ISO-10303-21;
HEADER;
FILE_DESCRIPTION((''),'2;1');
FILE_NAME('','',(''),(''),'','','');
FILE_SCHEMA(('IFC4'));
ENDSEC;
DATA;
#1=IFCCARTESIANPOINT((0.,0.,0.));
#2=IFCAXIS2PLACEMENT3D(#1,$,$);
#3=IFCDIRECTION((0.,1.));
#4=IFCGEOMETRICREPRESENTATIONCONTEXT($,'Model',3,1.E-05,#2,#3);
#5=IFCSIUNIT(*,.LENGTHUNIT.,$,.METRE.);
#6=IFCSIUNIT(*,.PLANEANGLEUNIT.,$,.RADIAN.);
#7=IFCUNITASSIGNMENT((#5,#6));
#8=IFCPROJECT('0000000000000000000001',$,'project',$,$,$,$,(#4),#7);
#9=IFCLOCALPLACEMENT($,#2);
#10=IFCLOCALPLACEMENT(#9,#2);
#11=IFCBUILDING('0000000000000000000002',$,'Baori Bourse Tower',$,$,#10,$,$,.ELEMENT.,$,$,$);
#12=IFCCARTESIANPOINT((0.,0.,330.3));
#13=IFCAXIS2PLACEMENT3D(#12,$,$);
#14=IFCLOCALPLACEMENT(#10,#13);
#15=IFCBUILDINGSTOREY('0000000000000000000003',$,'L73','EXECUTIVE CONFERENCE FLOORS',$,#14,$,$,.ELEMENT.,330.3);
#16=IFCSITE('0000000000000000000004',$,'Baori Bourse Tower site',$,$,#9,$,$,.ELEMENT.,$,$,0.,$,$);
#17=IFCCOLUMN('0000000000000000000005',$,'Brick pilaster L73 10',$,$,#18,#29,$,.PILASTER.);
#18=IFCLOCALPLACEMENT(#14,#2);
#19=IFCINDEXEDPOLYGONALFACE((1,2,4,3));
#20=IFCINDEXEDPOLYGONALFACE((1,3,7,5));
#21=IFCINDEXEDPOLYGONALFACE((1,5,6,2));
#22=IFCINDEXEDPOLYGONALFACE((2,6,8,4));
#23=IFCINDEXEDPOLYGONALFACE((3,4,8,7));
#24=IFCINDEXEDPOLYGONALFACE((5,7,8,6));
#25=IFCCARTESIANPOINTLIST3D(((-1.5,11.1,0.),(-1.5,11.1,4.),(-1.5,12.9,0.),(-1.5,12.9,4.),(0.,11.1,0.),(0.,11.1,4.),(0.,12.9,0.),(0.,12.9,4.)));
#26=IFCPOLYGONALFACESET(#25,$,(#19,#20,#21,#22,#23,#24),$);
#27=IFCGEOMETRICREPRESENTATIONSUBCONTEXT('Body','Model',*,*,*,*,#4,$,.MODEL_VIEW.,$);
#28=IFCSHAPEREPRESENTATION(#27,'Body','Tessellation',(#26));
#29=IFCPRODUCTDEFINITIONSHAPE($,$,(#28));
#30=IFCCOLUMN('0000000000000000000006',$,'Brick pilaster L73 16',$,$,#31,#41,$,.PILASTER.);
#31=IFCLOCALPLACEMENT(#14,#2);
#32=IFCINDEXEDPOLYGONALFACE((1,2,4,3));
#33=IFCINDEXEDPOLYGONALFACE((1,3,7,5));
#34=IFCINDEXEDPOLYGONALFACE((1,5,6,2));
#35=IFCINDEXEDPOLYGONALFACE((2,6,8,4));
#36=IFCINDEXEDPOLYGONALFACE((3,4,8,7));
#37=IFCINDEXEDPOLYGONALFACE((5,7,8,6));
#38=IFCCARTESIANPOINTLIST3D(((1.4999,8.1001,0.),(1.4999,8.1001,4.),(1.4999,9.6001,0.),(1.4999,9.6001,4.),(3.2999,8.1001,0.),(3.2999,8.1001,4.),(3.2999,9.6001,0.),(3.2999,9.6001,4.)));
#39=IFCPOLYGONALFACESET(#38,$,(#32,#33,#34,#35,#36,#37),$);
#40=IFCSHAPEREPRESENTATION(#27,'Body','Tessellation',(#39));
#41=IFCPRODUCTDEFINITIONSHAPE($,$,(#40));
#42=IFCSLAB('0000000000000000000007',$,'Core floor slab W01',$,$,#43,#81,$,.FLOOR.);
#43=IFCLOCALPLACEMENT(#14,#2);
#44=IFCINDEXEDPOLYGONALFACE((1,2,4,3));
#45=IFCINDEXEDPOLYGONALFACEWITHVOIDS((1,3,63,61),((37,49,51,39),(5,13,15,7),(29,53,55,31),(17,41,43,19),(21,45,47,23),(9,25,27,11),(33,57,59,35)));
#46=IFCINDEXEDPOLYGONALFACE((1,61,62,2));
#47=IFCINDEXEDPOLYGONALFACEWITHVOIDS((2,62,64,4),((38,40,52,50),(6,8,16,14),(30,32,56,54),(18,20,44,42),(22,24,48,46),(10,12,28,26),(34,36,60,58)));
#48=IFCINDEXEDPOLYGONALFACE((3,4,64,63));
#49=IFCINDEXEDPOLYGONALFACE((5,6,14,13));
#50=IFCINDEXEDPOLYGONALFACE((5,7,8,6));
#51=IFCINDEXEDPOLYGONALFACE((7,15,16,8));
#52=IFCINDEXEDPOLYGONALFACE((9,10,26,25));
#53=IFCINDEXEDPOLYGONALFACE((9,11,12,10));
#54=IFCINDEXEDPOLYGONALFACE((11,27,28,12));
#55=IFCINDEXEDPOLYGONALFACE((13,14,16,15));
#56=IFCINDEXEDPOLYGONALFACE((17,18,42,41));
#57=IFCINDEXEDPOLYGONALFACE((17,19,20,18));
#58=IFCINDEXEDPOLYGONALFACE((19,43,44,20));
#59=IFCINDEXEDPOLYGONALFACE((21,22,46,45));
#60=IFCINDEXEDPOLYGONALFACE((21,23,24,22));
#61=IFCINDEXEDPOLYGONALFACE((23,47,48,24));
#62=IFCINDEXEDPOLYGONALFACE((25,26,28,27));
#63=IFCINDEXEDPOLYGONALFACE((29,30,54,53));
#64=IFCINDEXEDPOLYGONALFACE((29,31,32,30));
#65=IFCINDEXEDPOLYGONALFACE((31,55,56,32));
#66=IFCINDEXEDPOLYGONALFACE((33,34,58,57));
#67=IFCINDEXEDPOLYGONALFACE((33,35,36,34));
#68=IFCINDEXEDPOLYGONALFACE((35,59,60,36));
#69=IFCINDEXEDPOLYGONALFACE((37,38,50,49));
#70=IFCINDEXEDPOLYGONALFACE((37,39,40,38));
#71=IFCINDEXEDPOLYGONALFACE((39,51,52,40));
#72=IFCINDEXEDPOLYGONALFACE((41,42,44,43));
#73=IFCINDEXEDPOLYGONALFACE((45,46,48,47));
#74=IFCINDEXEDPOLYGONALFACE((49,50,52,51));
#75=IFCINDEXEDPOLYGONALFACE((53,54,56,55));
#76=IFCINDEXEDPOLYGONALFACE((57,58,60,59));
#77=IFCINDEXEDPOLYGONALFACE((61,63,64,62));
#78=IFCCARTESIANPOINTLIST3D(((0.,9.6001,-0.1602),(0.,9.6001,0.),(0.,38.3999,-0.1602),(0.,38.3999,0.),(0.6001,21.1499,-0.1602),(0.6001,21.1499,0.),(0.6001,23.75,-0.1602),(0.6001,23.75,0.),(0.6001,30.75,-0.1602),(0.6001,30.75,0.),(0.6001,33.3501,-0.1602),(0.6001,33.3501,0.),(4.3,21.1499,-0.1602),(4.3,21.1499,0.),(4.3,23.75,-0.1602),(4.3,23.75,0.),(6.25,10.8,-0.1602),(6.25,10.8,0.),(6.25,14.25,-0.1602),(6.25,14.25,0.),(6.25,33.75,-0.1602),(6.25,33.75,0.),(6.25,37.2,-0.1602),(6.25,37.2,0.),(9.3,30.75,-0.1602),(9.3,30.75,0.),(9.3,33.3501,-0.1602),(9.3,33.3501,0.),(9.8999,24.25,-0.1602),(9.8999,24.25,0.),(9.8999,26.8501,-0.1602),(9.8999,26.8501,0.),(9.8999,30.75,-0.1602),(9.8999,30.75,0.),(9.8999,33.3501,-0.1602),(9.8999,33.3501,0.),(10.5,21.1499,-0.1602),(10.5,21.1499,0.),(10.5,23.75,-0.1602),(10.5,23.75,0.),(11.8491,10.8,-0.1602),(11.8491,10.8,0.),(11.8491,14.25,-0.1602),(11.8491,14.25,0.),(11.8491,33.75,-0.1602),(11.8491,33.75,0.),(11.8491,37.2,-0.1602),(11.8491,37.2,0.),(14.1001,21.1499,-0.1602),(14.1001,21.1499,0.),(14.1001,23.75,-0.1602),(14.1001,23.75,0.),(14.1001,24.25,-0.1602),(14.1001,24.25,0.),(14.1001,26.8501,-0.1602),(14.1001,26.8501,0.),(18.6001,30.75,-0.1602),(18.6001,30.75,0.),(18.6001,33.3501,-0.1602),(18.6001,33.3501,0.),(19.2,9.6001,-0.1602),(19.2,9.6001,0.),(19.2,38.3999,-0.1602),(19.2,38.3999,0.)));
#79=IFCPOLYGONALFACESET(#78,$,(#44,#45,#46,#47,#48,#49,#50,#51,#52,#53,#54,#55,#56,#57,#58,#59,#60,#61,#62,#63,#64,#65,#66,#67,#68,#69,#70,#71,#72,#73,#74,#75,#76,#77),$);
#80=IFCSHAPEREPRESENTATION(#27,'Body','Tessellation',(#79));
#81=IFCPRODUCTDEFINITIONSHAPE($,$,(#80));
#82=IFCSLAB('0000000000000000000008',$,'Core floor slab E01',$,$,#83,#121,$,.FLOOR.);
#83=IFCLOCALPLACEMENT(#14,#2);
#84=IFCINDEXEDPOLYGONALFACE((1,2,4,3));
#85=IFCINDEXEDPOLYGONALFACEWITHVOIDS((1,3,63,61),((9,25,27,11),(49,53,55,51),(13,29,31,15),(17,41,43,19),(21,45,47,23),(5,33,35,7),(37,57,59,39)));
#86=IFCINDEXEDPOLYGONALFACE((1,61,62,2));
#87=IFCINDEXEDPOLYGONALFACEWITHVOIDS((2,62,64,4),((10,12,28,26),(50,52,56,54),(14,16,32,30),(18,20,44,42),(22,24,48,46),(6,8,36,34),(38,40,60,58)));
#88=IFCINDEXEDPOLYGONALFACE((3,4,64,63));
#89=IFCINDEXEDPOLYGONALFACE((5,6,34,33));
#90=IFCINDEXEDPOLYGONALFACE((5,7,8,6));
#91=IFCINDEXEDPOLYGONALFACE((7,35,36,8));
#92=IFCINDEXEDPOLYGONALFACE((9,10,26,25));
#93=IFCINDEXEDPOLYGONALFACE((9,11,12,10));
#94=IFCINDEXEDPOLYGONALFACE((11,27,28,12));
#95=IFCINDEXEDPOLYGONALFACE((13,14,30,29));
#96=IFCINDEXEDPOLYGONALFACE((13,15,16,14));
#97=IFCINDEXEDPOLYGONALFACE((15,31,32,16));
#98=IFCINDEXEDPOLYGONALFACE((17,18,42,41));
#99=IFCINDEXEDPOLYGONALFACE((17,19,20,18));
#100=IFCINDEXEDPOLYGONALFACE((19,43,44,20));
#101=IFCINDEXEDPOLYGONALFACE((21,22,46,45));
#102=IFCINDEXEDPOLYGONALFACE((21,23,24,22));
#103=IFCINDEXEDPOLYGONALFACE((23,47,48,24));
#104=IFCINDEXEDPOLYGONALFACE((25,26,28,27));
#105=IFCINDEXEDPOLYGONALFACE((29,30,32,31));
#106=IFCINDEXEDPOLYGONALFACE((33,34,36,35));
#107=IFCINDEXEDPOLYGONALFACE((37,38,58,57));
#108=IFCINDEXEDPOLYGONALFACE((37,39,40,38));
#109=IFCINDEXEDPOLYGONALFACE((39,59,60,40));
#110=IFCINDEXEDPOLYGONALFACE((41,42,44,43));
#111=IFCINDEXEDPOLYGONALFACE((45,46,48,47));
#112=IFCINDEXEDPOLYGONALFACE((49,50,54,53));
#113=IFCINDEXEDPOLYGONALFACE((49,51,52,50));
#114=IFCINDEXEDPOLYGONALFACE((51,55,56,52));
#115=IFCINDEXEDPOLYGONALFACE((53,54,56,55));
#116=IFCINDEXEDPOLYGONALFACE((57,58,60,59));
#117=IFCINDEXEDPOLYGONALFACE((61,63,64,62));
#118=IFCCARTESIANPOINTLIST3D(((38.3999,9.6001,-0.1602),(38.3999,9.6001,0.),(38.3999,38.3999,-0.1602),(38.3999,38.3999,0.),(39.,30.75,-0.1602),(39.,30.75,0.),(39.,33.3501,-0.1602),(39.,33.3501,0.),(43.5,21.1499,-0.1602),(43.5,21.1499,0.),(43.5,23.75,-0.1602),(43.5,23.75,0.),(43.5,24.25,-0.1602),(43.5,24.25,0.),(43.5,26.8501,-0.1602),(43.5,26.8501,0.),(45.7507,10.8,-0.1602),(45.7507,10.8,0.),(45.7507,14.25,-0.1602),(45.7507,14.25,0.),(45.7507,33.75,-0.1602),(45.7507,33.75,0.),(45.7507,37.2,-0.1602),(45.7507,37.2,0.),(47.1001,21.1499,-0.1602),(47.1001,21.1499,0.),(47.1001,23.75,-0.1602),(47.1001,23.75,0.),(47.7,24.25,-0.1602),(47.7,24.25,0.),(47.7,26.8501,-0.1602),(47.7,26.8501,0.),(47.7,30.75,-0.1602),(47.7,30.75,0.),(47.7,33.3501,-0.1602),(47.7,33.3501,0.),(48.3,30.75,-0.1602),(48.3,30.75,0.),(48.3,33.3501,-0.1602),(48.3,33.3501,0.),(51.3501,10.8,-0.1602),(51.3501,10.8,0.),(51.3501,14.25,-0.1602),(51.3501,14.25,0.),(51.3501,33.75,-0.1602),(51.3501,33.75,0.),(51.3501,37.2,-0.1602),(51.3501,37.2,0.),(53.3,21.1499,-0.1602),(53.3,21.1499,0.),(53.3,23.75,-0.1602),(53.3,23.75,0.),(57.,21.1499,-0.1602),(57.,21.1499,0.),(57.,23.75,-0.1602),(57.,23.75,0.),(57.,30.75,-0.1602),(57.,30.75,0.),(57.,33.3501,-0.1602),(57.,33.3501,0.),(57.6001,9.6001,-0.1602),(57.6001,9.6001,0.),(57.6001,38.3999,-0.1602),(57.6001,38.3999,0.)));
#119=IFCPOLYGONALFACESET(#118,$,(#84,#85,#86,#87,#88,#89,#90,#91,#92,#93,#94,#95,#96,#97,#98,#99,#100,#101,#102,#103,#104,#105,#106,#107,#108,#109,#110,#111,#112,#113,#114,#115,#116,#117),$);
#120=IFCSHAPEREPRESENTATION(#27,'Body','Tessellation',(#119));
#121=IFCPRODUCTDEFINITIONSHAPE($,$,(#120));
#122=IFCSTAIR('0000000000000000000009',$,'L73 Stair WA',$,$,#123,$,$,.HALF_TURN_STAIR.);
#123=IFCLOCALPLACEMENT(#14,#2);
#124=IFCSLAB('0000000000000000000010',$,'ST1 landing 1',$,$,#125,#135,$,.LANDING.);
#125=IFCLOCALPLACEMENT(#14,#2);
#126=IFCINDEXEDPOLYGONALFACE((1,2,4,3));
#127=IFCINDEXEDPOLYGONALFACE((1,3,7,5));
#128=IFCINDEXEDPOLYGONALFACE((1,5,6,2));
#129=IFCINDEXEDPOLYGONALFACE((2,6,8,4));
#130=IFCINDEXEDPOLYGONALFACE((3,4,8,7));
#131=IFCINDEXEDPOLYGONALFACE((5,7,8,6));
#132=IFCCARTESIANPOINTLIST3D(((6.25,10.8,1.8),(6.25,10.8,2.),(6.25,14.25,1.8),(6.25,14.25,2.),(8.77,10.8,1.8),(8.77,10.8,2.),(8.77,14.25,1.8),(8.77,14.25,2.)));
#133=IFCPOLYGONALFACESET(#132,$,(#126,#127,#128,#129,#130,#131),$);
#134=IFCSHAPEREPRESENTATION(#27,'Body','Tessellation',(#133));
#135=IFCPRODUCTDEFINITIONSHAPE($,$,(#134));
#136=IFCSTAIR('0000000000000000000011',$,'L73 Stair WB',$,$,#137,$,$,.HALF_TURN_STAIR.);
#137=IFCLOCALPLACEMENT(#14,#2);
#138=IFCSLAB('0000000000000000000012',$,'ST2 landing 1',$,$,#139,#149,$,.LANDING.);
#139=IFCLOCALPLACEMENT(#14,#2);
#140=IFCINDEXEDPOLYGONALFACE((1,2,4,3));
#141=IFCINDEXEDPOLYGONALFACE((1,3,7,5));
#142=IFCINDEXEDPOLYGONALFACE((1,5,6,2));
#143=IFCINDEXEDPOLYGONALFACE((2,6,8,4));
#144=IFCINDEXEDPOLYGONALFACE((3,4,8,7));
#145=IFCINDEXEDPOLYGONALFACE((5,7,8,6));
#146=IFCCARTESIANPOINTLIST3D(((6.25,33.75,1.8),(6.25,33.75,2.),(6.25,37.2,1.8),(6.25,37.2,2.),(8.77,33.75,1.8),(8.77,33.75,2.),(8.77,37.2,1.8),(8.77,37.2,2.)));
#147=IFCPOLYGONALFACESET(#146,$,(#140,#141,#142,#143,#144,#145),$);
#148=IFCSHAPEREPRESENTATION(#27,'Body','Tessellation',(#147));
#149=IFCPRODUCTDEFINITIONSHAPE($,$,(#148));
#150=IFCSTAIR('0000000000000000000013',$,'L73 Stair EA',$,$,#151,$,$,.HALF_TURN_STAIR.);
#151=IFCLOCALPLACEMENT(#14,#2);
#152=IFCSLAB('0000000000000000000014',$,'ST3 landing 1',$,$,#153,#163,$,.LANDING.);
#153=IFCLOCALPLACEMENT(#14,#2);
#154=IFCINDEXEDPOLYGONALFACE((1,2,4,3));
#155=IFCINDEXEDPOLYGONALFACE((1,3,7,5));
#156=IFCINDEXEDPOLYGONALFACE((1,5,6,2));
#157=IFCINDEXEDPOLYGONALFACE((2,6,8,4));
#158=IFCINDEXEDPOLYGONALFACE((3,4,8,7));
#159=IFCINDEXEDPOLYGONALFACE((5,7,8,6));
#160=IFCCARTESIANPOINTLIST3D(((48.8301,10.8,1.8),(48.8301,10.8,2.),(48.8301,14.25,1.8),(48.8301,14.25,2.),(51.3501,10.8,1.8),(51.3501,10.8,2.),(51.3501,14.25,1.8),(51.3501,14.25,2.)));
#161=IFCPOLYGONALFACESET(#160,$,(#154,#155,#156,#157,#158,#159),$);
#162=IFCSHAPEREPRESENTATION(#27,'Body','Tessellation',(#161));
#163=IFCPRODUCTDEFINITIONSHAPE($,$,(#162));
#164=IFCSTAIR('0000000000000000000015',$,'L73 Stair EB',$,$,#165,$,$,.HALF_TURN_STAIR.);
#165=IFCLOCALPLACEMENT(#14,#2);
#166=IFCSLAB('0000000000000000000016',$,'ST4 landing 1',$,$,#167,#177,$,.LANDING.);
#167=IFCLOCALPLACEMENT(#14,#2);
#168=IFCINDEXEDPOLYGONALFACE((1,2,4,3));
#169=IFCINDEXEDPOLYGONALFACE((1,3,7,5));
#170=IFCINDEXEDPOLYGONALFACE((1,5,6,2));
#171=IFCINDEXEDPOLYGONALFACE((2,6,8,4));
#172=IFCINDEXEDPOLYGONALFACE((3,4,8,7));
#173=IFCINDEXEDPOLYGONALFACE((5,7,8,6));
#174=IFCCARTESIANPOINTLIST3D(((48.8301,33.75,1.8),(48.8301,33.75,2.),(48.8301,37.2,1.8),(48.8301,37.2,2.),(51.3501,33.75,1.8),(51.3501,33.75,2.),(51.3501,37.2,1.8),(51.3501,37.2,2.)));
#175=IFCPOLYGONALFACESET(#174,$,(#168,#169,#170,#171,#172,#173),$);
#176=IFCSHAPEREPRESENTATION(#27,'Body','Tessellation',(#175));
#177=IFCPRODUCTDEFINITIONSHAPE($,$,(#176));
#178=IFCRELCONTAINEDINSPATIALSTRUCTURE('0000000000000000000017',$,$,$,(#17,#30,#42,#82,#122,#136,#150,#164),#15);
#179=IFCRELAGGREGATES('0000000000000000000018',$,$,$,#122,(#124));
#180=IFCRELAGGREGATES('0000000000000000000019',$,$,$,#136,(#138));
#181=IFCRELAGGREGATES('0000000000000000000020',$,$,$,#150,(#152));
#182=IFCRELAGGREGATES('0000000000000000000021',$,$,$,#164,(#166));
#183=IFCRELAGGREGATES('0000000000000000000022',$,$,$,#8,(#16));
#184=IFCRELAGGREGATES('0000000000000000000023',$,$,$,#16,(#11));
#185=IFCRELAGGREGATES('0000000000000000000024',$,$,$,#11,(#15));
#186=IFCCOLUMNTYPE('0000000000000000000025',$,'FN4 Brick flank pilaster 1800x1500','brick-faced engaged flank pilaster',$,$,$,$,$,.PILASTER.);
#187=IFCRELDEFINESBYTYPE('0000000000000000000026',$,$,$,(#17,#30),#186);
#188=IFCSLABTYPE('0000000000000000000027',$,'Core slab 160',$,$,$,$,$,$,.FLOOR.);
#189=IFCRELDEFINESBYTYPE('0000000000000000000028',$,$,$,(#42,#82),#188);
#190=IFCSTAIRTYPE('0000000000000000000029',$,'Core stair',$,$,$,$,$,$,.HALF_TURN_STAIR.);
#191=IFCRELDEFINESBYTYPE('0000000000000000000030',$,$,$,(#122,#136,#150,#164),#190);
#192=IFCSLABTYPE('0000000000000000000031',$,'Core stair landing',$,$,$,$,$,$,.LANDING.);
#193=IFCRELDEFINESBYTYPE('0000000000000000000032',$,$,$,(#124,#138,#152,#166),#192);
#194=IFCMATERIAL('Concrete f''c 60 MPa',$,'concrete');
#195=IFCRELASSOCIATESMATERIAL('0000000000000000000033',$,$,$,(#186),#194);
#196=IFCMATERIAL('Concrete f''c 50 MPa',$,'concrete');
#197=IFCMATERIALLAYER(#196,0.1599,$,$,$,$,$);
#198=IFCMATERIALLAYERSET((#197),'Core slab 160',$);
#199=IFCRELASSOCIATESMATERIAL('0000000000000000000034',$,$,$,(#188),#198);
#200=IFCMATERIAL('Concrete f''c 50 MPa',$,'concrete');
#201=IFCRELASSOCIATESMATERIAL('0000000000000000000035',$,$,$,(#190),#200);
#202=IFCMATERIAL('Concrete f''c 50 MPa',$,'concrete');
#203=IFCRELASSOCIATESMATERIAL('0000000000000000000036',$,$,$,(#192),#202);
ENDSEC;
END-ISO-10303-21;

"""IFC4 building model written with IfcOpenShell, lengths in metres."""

from ifc_helpers import new_model, si_unit, direction, frame, origin, origin_2d, place, context, subcontext, project, spatial, polyline, rectangle, outline, extrude, material, layer, layer_set, material_profile, profile_set, type_object, element, aggregate, save


model = new_model("IFC4")

# Units and contexts
model_context = context("Model", 3, precision=1e-05, world=origin(), true_north=direction((0.0, 1.0)))
body_context = subcontext(model_context, "Body", "Model", "MODEL_VIEW")
ifc_project = project(units=[si_unit("LENGTHUNIT", "METRE"), si_unit("PLANEANGLEUNIT", "RADIAN")], contexts=[model_context])

# Site, building, storey
site_placement = place(None, origin())
site = spatial("IfcSite", under=ifc_project, at=site_placement, Name="Baori Bourse Tower site", CompositionType="ELEMENT", RefElevation=0.0)
building_placement = place(site_placement, origin())
building = spatial("IfcBuilding", under=site, at=building_placement, Name="Baori Bourse Tower", CompositionType="ELEMENT")
storey_placement = place(building_placement, frame((0.0, 0.0, 330.3)))
storey = spatial("IfcBuildingStorey", under=building, at=storey_placement, Name="L73", Description="EXECUTIVE CONFERENCE FLOORS", CompositionType="ELEMENT", Elevation=330.3)

# Columns
ifc_material_1 = material(Name="Concrete f'c 60 MPa", Category="concrete")
ifc_material_profile = material_profile(ifc_material_1, rectangle(XDim=1.8, YDim=1.5, at=origin_2d()), Name="RC 1800x1500")
ifc_profile_set = profile_set([ifc_material_profile], Name="Concrete f'c 60 MPa")
column_type = type_object("IfcColumnType", Name="FN4 Brick flank pilaster 1800x1500", Description="brick-faced engaged flank pilaster", PredefinedType="PILASTER", material=ifc_profile_set)
for number, where, z_axis, x_axis, name in (
    (1, (-0.75, 12.0, 0.0), (0.0, 0.0, 1.0), (0.0, 1.0, 0.0), "Brick pilaster L73 10"),
    (2, (2.3999, 8.8501, 0.0), (0.0, 0.0, 1.0), (1.0, 0.0, 0.0), "Brick pilaster L73 16"),
):
    element("IfcColumn", number, at=place(storey_placement, frame(where, z_axis=z_axis, x_axis=x_axis)), inside=storey, type_object=column_type, Name=name, PredefinedType="PILASTER", context=body_context, shape_type="SweptSolid", body=[
        extrude(rectangle(XDim=1.8, YDim=1.5, at=origin_2d()), origin(), (0.0, 0.0, 1.0), 4.0),
    ])

# Slabs
ifc_material_2 = material(Name="Concrete f'c 50 MPa", Category="concrete")
ifc_layer_1 = layer(ifc_material_2, 0.1599)
ifc_layer_set_1 = layer_set([ifc_layer_1], Name="Core slab 160")
slab_type_1 = type_object("IfcSlabType", Name="Core slab 160", PredefinedType="FLOOR", material=ifc_layer_set_1)
slab_1_placement = place(storey_placement, frame((0.0, 0.0, -0.1602)))
element("IfcSlab", 3, at=slab_1_placement, inside=storey, type_object=slab_type_1, Name="Core floor slab W01", PredefinedType="FLOOR", context=body_context, shape_type="SweptSolid", body=[
    extrude(outline(polyline([(19.2, 38.3999), (0.0, 38.3999), (0.0, 9.6001), (19.2, 9.6001), (19.2, 38.3999)]), holes=[polyline([(9.8999, 33.3501), (18.6001, 33.3501), (18.6001, 30.75), (9.8999, 30.75), (9.8999, 33.3501)]), polyline([(10.5, 21.1499), (10.5, 23.75), (14.1001, 23.75), (14.1001, 21.1499), (10.5, 21.1499)]), polyline([(14.1001, 24.25), (9.8999, 24.25), (9.8999, 26.8501), (14.1001, 26.8501), (14.1001, 24.25)]), polyline([(6.25, 14.25), (11.8491, 14.25), (11.8491, 10.8), (6.25, 10.8), (6.25, 14.25)]), polyline([(11.8491, 37.2), (11.8491, 33.75), (6.25, 33.75), (6.25, 37.2), (11.8491, 37.2)]), polyline([(0.6001, 30.75), (0.6001, 33.3501), (9.3, 33.3501), (9.3, 30.75), (0.6001, 30.75)]), polyline([(4.3, 23.75), (4.3, 21.1499), (0.6001, 21.1499), (0.6001, 23.75), (4.3, 23.75)])]), origin(), (0.0, 0.0, 1.0), 0.1602),
])
slab_2_placement = place(storey_placement, frame((0.0, 0.0, -0.1602)))
element("IfcSlab", 4, at=slab_2_placement, inside=storey, type_object=slab_type_1, Name="Core floor slab E01", PredefinedType="FLOOR", context=body_context, shape_type="SweptSolid", body=[
    extrude(outline(polyline([(57.6001, 9.6001), (57.6001, 38.3999), (38.3999, 38.3999), (38.3999, 9.6001), (57.6001, 9.6001)]), holes=[polyline([(48.3, 33.3501), (57.0, 33.3501), (57.0, 30.75), (48.3, 30.75), (48.3, 33.3501)]), polyline([(57.0, 21.1499), (53.3, 21.1499), (53.3, 23.75), (57.0, 23.75), (57.0, 21.1499)]), polyline([(45.7507, 14.25), (51.3501, 14.25), (51.3501, 10.8), (45.7507, 10.8), (45.7507, 14.25)]), polyline([(51.3501, 37.2), (51.3501, 33.75), (45.7507, 33.75), (45.7507, 37.2), (51.3501, 37.2)]), polyline([(43.5, 24.25), (43.5, 26.8501), (47.7, 26.8501), (47.7, 24.25), (43.5, 24.25)]), polyline([(47.7, 33.3501), (47.7, 30.75), (39.0, 30.75), (39.0, 33.3501), (47.7, 33.3501)]), polyline([(43.5, 23.75), (47.1001, 23.75), (47.1001, 21.1499), (43.5, 21.1499), (43.5, 23.75)])]), origin(), (0.0, 0.0, 1.0), 0.1602),
])

# Stairs, slabs
ifc_material_3 = material(Name="Concrete f'c 50 MPa", Category="concrete")
stair_type = type_object("IfcStairType", Name="Core stair", PredefinedType="HALF_TURN_STAIR", material=ifc_material_3)
stair_1_placement = place(storey_placement, origin())
stair_1 = element("IfcStair", 5, at=stair_1_placement, inside=storey, type_object=stair_type, Name="L73 Stair WA", PredefinedType="HALF_TURN_STAIR")
ifc_material_4 = material(Name="Concrete f'c 50 MPa", Category="concrete")
slab_type_2 = type_object("IfcSlabType", Name="Core stair landing", PredefinedType="LANDING", material=ifc_material_4)
slab_3_placement = place(storey_placement, frame((0.0, 0.0, 1.8)))
slab_3 = element("IfcSlab", 6, at=slab_3_placement, type_object=slab_type_2, Name="ST1 landing 1", PredefinedType="LANDING", context=body_context, shape_type="SweptSolid", body=[
    extrude(outline(polyline([(8.77, 14.25), (6.25, 14.25), (6.25, 10.8), (8.77, 10.8), (8.77, 14.25)])), origin(), (0.0, 0.0, 1.0), 0.2),
])
aggregate(stair_1, [slab_3])
stair_2_placement = place(storey_placement, origin())
stair_2 = element("IfcStair", 7, at=stair_2_placement, inside=storey, type_object=stair_type, Name="L73 Stair WB", PredefinedType="HALF_TURN_STAIR")
slab_4_placement = place(storey_placement, frame((0.0, 0.0, 1.8)))
slab_4 = element("IfcSlab", 8, at=slab_4_placement, type_object=slab_type_2, Name="ST2 landing 1", PredefinedType="LANDING", context=body_context, shape_type="SweptSolid", body=[
    extrude(outline(polyline([(8.77, 37.2), (6.25, 37.2), (6.25, 33.75), (8.77, 33.75), (8.77, 37.2)])), origin(), (0.0, 0.0, 1.0), 0.2),
])
aggregate(stair_2, [slab_4])
stair_3_placement = place(storey_placement, origin())
stair_3 = element("IfcStair", 9, at=stair_3_placement, inside=storey, type_object=stair_type, Name="L73 Stair EA", PredefinedType="HALF_TURN_STAIR")
slab_5_placement = place(storey_placement, frame((0.0, 0.0, 1.8)))
slab_5 = element("IfcSlab", 10, at=slab_5_placement, type_object=slab_type_2, Name="ST3 landing 1", PredefinedType="LANDING", context=body_context, shape_type="SweptSolid", body=[
    extrude(outline(polyline([(48.8301, 10.8), (51.3501, 10.8), (51.3501, 14.25), (48.8301, 14.25), (48.8301, 10.8)])), origin(), (0.0, 0.0, 1.0), 0.2),
])
aggregate(stair_3, [slab_5])
stair_4_placement = place(storey_placement, origin())
stair_4 = element("IfcStair", 11, at=stair_4_placement, inside=storey, type_object=stair_type, Name="L73 Stair EB", PredefinedType="HALF_TURN_STAIR")
slab_6_placement = place(storey_placement, frame((0.0, 0.0, 1.8)))
slab_6 = element("IfcSlab", 12, at=slab_6_placement, type_object=slab_type_2, Name="ST4 landing 1", PredefinedType="LANDING", context=body_context, shape_type="SweptSolid", body=[
    extrude(outline(polyline([(48.8301, 33.75), (51.3501, 33.75), (51.3501, 37.2), (48.8301, 37.2), (48.8301, 33.75)])), origin(), (0.0, 0.0, 1.0), 0.2),
])
aggregate(stair_4, [slab_6])

save(model, "model.ifc")
